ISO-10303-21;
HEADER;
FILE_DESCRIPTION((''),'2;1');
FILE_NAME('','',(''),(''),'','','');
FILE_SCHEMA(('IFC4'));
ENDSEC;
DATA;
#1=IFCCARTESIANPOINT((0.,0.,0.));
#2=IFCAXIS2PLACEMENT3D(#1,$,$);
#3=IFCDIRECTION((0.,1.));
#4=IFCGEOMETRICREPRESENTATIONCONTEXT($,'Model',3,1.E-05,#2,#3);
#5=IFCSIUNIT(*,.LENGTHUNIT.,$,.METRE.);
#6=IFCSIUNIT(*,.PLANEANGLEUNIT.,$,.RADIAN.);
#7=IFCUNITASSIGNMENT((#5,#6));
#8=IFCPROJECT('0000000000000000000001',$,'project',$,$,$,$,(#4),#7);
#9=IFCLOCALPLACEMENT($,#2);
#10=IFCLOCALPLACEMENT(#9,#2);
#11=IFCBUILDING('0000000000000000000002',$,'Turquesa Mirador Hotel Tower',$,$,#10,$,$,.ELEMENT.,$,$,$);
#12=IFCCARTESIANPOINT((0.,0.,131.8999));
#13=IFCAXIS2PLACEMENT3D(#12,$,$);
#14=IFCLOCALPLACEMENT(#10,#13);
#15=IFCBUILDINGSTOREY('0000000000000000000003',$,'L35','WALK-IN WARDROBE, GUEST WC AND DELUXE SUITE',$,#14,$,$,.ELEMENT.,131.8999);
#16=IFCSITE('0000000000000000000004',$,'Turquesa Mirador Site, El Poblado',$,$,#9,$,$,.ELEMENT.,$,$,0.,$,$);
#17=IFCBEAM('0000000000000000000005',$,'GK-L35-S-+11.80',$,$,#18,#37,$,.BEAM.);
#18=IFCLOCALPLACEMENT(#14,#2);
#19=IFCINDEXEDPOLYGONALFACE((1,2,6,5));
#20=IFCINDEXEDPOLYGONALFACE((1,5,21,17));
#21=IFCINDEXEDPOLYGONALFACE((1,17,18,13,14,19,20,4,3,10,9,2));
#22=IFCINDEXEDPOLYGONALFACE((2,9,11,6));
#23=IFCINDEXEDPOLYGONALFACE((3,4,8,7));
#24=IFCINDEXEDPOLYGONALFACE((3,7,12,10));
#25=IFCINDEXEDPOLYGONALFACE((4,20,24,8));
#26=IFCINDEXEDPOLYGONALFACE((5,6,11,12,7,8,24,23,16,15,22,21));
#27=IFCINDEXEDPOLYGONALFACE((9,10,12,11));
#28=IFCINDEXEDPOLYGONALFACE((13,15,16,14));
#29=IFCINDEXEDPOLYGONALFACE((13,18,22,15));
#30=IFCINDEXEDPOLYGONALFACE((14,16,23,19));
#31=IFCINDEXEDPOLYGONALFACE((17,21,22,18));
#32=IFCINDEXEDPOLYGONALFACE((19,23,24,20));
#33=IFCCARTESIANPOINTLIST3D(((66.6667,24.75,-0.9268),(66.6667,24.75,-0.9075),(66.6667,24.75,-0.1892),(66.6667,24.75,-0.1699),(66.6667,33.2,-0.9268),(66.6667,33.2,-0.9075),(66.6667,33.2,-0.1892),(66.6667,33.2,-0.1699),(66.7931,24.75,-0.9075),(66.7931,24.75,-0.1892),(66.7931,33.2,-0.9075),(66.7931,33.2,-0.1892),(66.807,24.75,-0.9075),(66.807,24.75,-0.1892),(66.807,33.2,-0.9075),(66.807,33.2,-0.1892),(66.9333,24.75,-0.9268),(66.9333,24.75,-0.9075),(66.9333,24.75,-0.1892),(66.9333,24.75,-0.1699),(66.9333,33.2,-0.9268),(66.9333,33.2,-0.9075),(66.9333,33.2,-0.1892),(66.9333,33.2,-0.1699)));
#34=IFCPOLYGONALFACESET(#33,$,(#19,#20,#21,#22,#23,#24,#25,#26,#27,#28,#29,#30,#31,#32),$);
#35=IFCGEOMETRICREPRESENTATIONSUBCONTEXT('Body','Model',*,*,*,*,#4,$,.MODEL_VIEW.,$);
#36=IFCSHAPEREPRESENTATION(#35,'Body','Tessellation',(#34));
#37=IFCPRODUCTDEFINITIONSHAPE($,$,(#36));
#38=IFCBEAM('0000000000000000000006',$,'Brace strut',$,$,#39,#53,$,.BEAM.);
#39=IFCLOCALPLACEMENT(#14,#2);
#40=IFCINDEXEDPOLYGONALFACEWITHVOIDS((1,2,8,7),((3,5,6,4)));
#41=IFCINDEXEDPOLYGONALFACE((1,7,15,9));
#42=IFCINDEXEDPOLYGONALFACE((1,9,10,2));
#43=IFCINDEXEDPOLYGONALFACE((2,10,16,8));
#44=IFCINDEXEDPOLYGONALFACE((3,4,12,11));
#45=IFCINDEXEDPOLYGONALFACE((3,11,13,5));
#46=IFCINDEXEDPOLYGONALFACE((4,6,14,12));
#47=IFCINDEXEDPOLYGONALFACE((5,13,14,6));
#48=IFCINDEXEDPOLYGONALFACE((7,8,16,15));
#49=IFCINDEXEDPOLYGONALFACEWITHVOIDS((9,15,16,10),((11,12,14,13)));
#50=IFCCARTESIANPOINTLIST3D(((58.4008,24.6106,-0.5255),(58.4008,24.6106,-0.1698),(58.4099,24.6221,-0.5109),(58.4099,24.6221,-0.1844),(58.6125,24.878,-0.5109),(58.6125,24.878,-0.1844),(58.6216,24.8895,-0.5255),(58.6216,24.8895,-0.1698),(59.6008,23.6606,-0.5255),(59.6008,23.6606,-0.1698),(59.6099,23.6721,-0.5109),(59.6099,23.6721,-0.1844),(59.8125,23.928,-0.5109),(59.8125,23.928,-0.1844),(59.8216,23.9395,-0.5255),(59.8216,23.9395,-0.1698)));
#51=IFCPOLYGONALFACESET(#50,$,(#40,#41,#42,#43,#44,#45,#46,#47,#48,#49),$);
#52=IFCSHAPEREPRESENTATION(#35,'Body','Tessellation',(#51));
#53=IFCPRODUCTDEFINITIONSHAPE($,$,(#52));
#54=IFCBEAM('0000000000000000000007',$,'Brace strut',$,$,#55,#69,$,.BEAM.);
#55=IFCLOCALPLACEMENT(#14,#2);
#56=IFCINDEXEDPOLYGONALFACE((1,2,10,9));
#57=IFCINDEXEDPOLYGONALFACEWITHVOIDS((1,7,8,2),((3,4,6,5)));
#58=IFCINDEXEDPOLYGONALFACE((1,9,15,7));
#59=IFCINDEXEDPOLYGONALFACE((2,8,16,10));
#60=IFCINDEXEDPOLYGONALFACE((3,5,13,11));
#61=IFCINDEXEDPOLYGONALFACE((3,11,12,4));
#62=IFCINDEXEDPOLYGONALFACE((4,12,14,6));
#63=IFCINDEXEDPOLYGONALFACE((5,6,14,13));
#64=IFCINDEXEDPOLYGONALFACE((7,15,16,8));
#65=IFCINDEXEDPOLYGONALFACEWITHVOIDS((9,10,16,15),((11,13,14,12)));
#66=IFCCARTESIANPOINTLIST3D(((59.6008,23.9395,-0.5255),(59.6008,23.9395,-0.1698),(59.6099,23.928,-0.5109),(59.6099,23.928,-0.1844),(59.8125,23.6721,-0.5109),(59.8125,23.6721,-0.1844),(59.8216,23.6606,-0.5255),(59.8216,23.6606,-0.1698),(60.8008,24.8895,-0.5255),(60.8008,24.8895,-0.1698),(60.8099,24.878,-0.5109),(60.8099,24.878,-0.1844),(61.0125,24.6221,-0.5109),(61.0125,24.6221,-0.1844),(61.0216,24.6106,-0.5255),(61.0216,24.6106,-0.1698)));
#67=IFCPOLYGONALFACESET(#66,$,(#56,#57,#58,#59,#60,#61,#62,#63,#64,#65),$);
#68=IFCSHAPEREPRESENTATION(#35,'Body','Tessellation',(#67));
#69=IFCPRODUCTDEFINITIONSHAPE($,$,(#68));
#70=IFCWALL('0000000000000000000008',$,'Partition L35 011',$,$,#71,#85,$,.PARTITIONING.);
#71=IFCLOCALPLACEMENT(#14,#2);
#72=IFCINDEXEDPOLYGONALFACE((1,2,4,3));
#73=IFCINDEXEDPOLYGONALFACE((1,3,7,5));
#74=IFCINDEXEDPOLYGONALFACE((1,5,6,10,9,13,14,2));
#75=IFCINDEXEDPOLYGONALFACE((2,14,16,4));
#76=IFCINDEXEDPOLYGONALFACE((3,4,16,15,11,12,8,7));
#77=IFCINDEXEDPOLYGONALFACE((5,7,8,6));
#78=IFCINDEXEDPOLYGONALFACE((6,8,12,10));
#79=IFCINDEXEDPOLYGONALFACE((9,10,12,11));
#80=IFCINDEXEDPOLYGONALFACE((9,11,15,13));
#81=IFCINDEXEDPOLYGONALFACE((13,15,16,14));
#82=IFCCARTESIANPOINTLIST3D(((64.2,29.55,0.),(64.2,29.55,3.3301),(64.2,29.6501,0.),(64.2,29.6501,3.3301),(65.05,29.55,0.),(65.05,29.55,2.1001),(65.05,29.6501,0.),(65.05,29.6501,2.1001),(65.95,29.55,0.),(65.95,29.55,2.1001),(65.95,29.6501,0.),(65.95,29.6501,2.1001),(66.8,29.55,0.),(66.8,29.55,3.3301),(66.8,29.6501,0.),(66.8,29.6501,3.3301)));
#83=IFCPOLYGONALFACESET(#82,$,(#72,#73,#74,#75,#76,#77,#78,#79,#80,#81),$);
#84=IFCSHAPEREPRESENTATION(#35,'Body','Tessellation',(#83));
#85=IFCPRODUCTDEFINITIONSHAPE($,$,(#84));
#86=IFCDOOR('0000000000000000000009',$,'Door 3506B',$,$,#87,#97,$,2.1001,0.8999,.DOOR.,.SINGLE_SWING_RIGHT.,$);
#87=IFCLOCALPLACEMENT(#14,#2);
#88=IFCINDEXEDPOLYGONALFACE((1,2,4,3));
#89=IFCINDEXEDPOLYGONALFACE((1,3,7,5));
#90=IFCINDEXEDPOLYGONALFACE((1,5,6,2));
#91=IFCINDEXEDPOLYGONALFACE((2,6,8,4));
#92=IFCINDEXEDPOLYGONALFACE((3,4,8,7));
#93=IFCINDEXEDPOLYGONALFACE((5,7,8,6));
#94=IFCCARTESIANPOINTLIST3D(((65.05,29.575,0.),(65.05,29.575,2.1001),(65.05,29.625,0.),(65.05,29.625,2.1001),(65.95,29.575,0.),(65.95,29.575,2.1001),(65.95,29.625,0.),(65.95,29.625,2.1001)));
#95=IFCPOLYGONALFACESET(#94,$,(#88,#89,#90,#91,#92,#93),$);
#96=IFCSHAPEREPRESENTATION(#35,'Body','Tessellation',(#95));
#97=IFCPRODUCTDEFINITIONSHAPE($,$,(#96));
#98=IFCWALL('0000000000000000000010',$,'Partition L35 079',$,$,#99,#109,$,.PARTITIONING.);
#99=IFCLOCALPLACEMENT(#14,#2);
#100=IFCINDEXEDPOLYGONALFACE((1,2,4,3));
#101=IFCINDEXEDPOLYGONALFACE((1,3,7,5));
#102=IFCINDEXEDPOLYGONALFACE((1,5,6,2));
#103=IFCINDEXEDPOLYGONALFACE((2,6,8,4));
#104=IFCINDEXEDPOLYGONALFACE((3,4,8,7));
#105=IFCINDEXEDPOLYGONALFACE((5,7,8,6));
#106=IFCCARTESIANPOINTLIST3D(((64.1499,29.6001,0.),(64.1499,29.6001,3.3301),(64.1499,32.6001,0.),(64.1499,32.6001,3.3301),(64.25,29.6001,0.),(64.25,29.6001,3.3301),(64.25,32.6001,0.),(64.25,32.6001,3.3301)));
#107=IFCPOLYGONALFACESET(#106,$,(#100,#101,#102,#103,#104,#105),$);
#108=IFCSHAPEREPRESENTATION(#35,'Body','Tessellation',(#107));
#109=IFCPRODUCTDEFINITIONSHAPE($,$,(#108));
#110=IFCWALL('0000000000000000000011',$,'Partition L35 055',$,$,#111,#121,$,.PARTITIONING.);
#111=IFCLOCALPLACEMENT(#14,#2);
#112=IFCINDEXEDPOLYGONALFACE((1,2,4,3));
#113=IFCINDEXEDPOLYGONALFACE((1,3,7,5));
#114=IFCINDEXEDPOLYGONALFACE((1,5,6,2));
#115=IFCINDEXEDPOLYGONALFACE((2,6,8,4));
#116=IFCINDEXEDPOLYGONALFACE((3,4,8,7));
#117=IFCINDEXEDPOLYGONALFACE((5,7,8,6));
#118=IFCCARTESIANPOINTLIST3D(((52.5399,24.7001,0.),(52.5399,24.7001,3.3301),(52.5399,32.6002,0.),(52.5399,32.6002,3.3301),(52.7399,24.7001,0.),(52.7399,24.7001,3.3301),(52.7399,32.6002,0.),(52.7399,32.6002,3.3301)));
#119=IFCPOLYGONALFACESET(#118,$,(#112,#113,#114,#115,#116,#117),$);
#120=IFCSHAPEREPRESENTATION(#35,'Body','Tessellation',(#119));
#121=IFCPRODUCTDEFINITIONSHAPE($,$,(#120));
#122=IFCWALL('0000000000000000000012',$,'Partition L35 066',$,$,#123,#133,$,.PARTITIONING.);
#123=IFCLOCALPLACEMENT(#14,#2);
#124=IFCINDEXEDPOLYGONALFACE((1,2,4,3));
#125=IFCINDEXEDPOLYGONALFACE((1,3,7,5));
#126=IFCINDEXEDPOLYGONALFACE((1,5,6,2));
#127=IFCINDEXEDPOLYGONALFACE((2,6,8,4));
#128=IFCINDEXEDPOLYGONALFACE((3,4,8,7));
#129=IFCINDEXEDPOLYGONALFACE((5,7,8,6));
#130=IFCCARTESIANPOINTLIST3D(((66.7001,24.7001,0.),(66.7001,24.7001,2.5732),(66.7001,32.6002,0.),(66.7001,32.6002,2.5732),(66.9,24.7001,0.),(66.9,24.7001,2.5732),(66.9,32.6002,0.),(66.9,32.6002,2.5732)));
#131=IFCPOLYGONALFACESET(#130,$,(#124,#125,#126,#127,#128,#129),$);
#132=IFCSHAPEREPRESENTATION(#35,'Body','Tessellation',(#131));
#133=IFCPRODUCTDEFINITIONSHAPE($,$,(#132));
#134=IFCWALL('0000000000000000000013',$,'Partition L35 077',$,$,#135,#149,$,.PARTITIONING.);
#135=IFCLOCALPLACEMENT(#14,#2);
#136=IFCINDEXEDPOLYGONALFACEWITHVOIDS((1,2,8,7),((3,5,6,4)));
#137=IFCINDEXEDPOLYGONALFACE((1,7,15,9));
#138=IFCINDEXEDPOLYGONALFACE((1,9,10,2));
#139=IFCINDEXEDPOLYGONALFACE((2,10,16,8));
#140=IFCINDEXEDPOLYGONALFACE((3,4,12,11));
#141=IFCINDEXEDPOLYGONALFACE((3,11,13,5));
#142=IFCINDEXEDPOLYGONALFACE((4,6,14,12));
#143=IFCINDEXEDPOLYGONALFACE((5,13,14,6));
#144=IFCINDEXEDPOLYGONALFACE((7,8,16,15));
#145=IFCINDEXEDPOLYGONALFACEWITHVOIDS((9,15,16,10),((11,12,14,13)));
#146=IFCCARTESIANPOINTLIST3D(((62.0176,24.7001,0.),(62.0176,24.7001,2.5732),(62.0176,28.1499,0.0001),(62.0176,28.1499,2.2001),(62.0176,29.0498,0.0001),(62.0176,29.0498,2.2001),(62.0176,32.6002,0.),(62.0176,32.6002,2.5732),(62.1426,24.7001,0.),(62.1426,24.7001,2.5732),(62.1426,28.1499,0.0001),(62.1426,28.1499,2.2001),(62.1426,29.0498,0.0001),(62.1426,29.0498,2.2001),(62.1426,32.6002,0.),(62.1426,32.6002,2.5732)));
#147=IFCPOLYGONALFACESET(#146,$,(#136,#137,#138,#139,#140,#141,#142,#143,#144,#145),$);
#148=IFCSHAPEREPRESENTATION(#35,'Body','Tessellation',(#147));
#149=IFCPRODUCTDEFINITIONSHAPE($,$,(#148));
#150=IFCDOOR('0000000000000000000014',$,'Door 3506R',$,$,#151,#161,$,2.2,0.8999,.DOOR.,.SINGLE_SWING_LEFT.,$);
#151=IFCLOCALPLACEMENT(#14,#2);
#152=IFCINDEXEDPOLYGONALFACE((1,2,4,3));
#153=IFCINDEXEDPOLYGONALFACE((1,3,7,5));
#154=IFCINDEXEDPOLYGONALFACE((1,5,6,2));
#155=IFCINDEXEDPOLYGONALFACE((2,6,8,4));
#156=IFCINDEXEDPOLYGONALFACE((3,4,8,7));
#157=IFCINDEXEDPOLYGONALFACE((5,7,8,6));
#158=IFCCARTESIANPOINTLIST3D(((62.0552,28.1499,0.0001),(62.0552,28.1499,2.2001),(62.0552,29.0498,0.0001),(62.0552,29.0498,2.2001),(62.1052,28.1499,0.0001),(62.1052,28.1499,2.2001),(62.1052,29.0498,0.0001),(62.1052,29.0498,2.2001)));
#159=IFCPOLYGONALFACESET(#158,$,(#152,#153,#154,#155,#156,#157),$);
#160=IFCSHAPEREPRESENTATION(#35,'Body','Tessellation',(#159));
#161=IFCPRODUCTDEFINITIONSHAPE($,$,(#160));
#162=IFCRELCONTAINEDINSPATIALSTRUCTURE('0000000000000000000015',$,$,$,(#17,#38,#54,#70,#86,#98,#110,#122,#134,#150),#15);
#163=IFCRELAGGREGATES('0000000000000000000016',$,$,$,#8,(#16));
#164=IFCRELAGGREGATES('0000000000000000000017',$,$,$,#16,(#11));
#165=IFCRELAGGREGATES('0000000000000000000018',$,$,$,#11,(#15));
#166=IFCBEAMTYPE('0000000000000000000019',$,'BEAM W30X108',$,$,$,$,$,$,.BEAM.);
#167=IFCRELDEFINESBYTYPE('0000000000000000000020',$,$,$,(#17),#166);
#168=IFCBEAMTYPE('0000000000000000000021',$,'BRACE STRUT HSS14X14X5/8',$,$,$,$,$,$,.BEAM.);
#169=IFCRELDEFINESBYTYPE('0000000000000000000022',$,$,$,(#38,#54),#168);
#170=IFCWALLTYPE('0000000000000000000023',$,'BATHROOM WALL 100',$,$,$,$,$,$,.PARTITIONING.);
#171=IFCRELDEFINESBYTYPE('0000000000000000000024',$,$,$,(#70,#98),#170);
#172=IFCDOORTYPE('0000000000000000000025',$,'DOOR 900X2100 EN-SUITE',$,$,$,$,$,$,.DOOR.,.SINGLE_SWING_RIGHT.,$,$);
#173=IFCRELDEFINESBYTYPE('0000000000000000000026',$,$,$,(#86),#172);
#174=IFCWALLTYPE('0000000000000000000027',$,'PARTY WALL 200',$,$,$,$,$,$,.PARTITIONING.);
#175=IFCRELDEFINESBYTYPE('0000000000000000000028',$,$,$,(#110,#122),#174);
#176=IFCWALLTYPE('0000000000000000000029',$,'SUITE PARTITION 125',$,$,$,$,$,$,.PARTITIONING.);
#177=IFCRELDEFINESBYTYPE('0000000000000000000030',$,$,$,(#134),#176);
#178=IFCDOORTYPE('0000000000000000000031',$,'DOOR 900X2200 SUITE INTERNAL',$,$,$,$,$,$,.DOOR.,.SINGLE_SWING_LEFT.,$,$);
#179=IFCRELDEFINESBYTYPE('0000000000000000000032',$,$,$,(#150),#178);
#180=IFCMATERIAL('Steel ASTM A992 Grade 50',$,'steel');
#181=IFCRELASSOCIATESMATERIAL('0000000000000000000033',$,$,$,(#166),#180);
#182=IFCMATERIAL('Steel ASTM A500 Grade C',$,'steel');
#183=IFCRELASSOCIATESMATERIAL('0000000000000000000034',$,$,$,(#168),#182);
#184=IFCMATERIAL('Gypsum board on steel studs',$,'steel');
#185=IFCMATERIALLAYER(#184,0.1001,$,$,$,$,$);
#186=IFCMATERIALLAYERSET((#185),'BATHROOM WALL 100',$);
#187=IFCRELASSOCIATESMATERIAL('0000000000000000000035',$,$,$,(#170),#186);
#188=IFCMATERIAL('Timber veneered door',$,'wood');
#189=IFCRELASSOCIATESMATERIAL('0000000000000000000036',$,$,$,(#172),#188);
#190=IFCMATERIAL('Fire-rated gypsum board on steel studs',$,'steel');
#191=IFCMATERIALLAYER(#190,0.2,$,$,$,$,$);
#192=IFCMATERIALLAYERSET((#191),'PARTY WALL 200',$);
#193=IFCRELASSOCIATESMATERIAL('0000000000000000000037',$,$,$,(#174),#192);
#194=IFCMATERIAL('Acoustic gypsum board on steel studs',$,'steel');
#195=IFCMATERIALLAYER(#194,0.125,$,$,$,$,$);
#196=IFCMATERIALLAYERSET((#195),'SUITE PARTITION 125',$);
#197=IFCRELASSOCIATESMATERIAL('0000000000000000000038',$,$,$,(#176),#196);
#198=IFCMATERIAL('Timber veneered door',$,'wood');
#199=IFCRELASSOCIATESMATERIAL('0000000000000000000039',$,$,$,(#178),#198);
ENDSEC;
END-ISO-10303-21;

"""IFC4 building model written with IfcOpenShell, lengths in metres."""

from ifc_helpers import new_model, si_unit, direction, frame, frame_2d, origin, origin_2d, place, context, subcontext, project, spatial, rectangle, hollow_rectangle, i_section, extrude, material, layer, layer_set, material_profile, profile_set, type_object, element, fill, save


model = new_model("IFC4")

# Units and contexts
model_context = context("Model", 3, precision=1e-05, world=origin(), true_north=direction((0.0, 1.0)))
body_context = subcontext(model_context, "Body", "Model", "MODEL_VIEW")
ifc_project = project(units=[si_unit("LENGTHUNIT", "METRE"), si_unit("PLANEANGLEUNIT", "RADIAN")], contexts=[model_context])

# Site, building, storey
site_placement = place(None, origin())
site = spatial("IfcSite", under=ifc_project, at=site_placement, Name="Turquesa Mirador Site, El Poblado", CompositionType="ELEMENT", RefElevation=0.0)
building_placement = place(site_placement, origin())
building = spatial("IfcBuilding", under=site, at=building_placement, Name="Turquesa Mirador Hotel Tower", CompositionType="ELEMENT")
storey_placement = place(building_placement, frame((0.0, 0.0, 131.8999)))
storey = spatial("IfcBuildingStorey", under=building, at=storey_placement, Name="L35", Description="WALK-IN WARDROBE, GUEST WC AND DELUXE SUITE", CompositionType="ELEMENT", Elevation=131.8999)

# Beams
ifc_material_1 = material(Name="Steel ASTM A992 Grade 50", Category="steel")
ifc_material_profile_1 = material_profile(ifc_material_1, i_section(OverallWidth=0.2666, OverallDepth=0.7568, WebThickness=0.0139, FlangeThickness=0.0193, at=origin_2d()), Name="W30X108")
ifc_profile_set_1 = profile_set([ifc_material_profile_1], Name="Steel ASTM A992 Grade 50")
beam_type_1 = type_object("IfcBeamType", Name="BEAM W30X108", PredefinedType="BEAM", material=ifc_profile_set_1)
beam_1_placement = place(storey_placement, frame((66.8, 24.75, -0.5483), z_axis=(0.0, 1.0, 0.0), x_axis=(-1.0, 0.0, 0.0)))
element("IfcBeam", 1, at=beam_1_placement, inside=storey, type_object=beam_type_1, Name="GK-L35-S-+11.80", PredefinedType="BEAM", context=body_context, shape_type="SweptSolid", body=[
    extrude(i_section(OverallWidth=0.2666, OverallDepth=0.7568, WebThickness=0.0139, FlangeThickness=0.0193, at=origin_2d()), origin(), (0.0, 0.0, 1.0), 8.45),
])
ifc_material_2 = material(Name="Steel ASTM A500 Grade C", Category="steel")
ifc_material_profile_2 = material_profile(ifc_material_2, hollow_rectangle(XDim=0.3557, YDim=0.3557, WallThickness=0.0146, at=origin_2d()), Name="HSS14X14X5/8")
ifc_profile_set_2 = profile_set([ifc_material_profile_2], Name="Steel ASTM A500 Grade C")
beam_type_2 = type_object("IfcBeamType", Name="BRACE STRUT HSS14X14X5/8", PredefinedType="BEAM", material=ifc_profile_set_2)
for number, where, z_axis, x_axis, name in (
    (2, (59.7112, 23.8, -0.3477), (-0.784049, 0.620699, 0.0), (-0.620699, -0.784049, 0.0), "Brace strut"),
    (3, (59.7112, 23.8, -0.3477), (0.784049, 0.620699, 0.0), (-0.620699, 0.784049, 0.0), "Brace strut"),
):
    element("IfcBeam", number, at=place(storey_placement, frame(where, z_axis=z_axis, x_axis=x_axis)), inside=storey, type_object=beam_type_2, Name=name, PredefinedType="BEAM", context=body_context, shape_type="SweptSolid", body=[
        extrude(hollow_rectangle(XDim=0.3557, YDim=0.3557, WallThickness=0.0146, at=origin_2d()), origin(), (0.0, 0.0, 1.0), 1.5305),
    ])

# Wall, opening, door
ifc_material_3 = material(Name="Gypsum board on steel studs", Category="steel")
ifc_layer_1 = layer(ifc_material_3, 0.1001)
ifc_layer_set_1 = layer_set([ifc_layer_1], Name="BATHROOM WALL 100")
wall_type_1 = type_object("IfcWallType", Name="BATHROOM WALL 100", PredefinedType="PARTITIONING", material=ifc_layer_set_1)
wall_1_placement = place(storey_placement, frame((64.2, 29.6001, 0.0), z_axis=(0.0, 0.0, 1.0), x_axis=(1.0, 0.0, 0.0)))
wall_1 = element("IfcWall", 4, at=wall_1_placement, inside=storey, type_object=wall_type_1, Name="Partition L35 011", PredefinedType="PARTITIONING", context=body_context, shape_type="SweptSolid", body=[
    extrude(rectangle(XDim=2.6001, YDim=0.1001, at=frame_2d((1.3, 0.0))), origin(), (0.0, 0.0, 1.0), 3.3301),
])
opening_1_placement = place(wall_1_placement, frame((0.8501, 0.0, 0.0)))
opening_1 = element("IfcOpeningElement", 5, at=opening_1_placement, cuts=wall_1, PredefinedType="OPENING", context=body_context, shape_type="SweptSolid", body=[
    extrude(rectangle(XDim=0.8999, YDim=2.1001, at=frame_2d((0.45, 1.05))), frame((0.0, 0.0601, 0.0), z_axis=(0.0, -1.0, 0.0), x_axis=(1.0, 0.0, 0.0)), (0.0, 0.0, 1.0), 0.1201),
])
ifc_material_4 = material(Name="Timber veneered door", Category="wood")
door_type_1 = type_object("IfcDoorType", Name="DOOR 900X2100 EN-SUITE", OperationType="SINGLE_SWING_RIGHT", PredefinedType="DOOR", material=ifc_material_4)
door_1_placement = place(opening_1_placement, origin())
door_1 = element("IfcDoor", 6, at=door_1_placement, inside=storey, type_object=door_type_1, Name="Door 3506B", OperationType="SINGLE_SWING_RIGHT", OverallHeight=2.1001, OverallWidth=0.8999, PredefinedType="DOOR", context=body_context, shape_type="SweptSolid", body=[
    extrude(rectangle(XDim=0.8999, YDim=2.1001, at=frame_2d((0.45, 1.05))), frame((0.0, 0.0249, 0.0), z_axis=(0.0, -1.0, 0.0), x_axis=(1.0, 0.0, 0.0)), (0.0, 0.0, 1.0), 0.05),
])
fill(opening_1, door_1)

# Walls
wall_2_placement = place(storey_placement, frame((64.2, 29.6001, 0.0), z_axis=(0.0, 0.0, 1.0), x_axis=(0.0, 1.0, 0.0)))
element("IfcWall", 7, at=wall_2_placement, inside=storey, type_object=wall_type_1, Name="Partition L35 079", PredefinedType="PARTITIONING", context=body_context, shape_type="SweptSolid", body=[
    extrude(rectangle(XDim=3.0, YDim=0.1001, at=frame_2d((1.5, 0.0))), origin(), (0.0, 0.0, 1.0), 3.3301),
])
ifc_material_5 = material(Name="Fire-rated gypsum board on steel studs", Category="steel")
ifc_layer_2 = layer(ifc_material_5, 0.2)
ifc_layer_set_2 = layer_set([ifc_layer_2], Name="PARTY WALL 200")
wall_type_2 = type_object("IfcWallType", Name="PARTY WALL 200", PredefinedType="PARTITIONING", material=ifc_layer_set_2)
wall_3_placement = place(storey_placement, frame((52.6399, 24.7, 0.0), z_axis=(0.0, 0.0, 1.0), x_axis=(0.0, 1.0, 0.0)))
element("IfcWall", 8, at=wall_3_placement, inside=storey, type_object=wall_type_2, Name="Partition L35 055", PredefinedType="PARTITIONING", context=body_context, shape_type="SweptSolid", body=[
    extrude(rectangle(XDim=7.9001, YDim=0.2, at=frame_2d((3.9502, 0.0))), origin(), (0.0, 0.0, 1.0), 3.3301),
])
wall_4_placement = place(storey_placement, frame((66.8, 24.7, 0.0), z_axis=(0.0, 0.0, 1.0), x_axis=(0.0, 1.0, 0.0)))
element("IfcWall", 9, at=wall_4_placement, inside=storey, type_object=wall_type_2, Name="Partition L35 066", PredefinedType="PARTITIONING", context=body_context, shape_type="SweptSolid", body=[
    extrude(rectangle(XDim=7.9001, YDim=0.2, at=frame_2d((3.9502, 0.0))), origin(), (0.0, 0.0, 1.0), 2.5732),
])

# Wall, opening, door
ifc_material_6 = material(Name="Acoustic gypsum board on steel studs", Category="steel")
ifc_layer_3 = layer(ifc_material_6, 0.125)
ifc_layer_set_3 = layer_set([ifc_layer_3], Name="SUITE PARTITION 125")
wall_type_3 = type_object("IfcWallType", Name="SUITE PARTITION 125", PredefinedType="PARTITIONING", material=ifc_layer_set_3)
wall_5_placement = place(storey_placement, frame((62.0801, 24.7, 0.0), z_axis=(0.0, 0.0, 1.0), x_axis=(0.0, 1.0, 0.0)))
wall_5 = element("IfcWall", 10, at=wall_5_placement, inside=storey, type_object=wall_type_3, Name="Partition L35 077", PredefinedType="PARTITIONING", context=body_context, shape_type="SweptSolid", body=[
    extrude(rectangle(XDim=7.9001, YDim=0.125, at=frame_2d((3.9502, 0.0))), origin(), (0.0, 0.0, 1.0), 2.5732),
])
opening_2_placement = place(wall_5_placement, frame((3.45, 0.0, 0.0)))
opening_2 = element("IfcOpeningElement", 11, at=opening_2_placement, cuts=wall_5, PredefinedType="OPENING", context=body_context, shape_type="SweptSolid", body=[
    extrude(rectangle(XDim=0.8999, YDim=2.2, at=frame_2d((0.45, 1.1001))), frame((0.0, 0.0725, 0.0), z_axis=(0.0, -1.0, 0.0), x_axis=(1.0, 0.0, 0.0)), (0.0, 0.0, 1.0), 0.145),
])
ifc_material_7 = material(Name="Timber veneered door", Category="wood")
door_type_2 = type_object("IfcDoorType", Name="DOOR 900X2200 SUITE INTERNAL", OperationType="SINGLE_SWING_LEFT", PredefinedType="DOOR", material=ifc_material_7)
door_2_placement = place(opening_2_placement, origin())
door_2 = element("IfcDoor", 12, at=door_2_placement, inside=storey, type_object=door_type_2, Name="Door 3506R", OperationType="SINGLE_SWING_LEFT", OverallHeight=2.2, OverallWidth=0.8999, PredefinedType="DOOR", context=body_context, shape_type="SweptSolid", body=[
    extrude(rectangle(XDim=0.8999, YDim=2.2, at=frame_2d((0.45, 1.1001))), frame((0.0, 0.0249, 0.0), z_axis=(0.0, -1.0, 0.0), x_axis=(1.0, 0.0, 0.0)), (0.0, 0.0, 1.0), 0.05),
])
fill(opening_2, door_2)

save(model, "model.ifc")
